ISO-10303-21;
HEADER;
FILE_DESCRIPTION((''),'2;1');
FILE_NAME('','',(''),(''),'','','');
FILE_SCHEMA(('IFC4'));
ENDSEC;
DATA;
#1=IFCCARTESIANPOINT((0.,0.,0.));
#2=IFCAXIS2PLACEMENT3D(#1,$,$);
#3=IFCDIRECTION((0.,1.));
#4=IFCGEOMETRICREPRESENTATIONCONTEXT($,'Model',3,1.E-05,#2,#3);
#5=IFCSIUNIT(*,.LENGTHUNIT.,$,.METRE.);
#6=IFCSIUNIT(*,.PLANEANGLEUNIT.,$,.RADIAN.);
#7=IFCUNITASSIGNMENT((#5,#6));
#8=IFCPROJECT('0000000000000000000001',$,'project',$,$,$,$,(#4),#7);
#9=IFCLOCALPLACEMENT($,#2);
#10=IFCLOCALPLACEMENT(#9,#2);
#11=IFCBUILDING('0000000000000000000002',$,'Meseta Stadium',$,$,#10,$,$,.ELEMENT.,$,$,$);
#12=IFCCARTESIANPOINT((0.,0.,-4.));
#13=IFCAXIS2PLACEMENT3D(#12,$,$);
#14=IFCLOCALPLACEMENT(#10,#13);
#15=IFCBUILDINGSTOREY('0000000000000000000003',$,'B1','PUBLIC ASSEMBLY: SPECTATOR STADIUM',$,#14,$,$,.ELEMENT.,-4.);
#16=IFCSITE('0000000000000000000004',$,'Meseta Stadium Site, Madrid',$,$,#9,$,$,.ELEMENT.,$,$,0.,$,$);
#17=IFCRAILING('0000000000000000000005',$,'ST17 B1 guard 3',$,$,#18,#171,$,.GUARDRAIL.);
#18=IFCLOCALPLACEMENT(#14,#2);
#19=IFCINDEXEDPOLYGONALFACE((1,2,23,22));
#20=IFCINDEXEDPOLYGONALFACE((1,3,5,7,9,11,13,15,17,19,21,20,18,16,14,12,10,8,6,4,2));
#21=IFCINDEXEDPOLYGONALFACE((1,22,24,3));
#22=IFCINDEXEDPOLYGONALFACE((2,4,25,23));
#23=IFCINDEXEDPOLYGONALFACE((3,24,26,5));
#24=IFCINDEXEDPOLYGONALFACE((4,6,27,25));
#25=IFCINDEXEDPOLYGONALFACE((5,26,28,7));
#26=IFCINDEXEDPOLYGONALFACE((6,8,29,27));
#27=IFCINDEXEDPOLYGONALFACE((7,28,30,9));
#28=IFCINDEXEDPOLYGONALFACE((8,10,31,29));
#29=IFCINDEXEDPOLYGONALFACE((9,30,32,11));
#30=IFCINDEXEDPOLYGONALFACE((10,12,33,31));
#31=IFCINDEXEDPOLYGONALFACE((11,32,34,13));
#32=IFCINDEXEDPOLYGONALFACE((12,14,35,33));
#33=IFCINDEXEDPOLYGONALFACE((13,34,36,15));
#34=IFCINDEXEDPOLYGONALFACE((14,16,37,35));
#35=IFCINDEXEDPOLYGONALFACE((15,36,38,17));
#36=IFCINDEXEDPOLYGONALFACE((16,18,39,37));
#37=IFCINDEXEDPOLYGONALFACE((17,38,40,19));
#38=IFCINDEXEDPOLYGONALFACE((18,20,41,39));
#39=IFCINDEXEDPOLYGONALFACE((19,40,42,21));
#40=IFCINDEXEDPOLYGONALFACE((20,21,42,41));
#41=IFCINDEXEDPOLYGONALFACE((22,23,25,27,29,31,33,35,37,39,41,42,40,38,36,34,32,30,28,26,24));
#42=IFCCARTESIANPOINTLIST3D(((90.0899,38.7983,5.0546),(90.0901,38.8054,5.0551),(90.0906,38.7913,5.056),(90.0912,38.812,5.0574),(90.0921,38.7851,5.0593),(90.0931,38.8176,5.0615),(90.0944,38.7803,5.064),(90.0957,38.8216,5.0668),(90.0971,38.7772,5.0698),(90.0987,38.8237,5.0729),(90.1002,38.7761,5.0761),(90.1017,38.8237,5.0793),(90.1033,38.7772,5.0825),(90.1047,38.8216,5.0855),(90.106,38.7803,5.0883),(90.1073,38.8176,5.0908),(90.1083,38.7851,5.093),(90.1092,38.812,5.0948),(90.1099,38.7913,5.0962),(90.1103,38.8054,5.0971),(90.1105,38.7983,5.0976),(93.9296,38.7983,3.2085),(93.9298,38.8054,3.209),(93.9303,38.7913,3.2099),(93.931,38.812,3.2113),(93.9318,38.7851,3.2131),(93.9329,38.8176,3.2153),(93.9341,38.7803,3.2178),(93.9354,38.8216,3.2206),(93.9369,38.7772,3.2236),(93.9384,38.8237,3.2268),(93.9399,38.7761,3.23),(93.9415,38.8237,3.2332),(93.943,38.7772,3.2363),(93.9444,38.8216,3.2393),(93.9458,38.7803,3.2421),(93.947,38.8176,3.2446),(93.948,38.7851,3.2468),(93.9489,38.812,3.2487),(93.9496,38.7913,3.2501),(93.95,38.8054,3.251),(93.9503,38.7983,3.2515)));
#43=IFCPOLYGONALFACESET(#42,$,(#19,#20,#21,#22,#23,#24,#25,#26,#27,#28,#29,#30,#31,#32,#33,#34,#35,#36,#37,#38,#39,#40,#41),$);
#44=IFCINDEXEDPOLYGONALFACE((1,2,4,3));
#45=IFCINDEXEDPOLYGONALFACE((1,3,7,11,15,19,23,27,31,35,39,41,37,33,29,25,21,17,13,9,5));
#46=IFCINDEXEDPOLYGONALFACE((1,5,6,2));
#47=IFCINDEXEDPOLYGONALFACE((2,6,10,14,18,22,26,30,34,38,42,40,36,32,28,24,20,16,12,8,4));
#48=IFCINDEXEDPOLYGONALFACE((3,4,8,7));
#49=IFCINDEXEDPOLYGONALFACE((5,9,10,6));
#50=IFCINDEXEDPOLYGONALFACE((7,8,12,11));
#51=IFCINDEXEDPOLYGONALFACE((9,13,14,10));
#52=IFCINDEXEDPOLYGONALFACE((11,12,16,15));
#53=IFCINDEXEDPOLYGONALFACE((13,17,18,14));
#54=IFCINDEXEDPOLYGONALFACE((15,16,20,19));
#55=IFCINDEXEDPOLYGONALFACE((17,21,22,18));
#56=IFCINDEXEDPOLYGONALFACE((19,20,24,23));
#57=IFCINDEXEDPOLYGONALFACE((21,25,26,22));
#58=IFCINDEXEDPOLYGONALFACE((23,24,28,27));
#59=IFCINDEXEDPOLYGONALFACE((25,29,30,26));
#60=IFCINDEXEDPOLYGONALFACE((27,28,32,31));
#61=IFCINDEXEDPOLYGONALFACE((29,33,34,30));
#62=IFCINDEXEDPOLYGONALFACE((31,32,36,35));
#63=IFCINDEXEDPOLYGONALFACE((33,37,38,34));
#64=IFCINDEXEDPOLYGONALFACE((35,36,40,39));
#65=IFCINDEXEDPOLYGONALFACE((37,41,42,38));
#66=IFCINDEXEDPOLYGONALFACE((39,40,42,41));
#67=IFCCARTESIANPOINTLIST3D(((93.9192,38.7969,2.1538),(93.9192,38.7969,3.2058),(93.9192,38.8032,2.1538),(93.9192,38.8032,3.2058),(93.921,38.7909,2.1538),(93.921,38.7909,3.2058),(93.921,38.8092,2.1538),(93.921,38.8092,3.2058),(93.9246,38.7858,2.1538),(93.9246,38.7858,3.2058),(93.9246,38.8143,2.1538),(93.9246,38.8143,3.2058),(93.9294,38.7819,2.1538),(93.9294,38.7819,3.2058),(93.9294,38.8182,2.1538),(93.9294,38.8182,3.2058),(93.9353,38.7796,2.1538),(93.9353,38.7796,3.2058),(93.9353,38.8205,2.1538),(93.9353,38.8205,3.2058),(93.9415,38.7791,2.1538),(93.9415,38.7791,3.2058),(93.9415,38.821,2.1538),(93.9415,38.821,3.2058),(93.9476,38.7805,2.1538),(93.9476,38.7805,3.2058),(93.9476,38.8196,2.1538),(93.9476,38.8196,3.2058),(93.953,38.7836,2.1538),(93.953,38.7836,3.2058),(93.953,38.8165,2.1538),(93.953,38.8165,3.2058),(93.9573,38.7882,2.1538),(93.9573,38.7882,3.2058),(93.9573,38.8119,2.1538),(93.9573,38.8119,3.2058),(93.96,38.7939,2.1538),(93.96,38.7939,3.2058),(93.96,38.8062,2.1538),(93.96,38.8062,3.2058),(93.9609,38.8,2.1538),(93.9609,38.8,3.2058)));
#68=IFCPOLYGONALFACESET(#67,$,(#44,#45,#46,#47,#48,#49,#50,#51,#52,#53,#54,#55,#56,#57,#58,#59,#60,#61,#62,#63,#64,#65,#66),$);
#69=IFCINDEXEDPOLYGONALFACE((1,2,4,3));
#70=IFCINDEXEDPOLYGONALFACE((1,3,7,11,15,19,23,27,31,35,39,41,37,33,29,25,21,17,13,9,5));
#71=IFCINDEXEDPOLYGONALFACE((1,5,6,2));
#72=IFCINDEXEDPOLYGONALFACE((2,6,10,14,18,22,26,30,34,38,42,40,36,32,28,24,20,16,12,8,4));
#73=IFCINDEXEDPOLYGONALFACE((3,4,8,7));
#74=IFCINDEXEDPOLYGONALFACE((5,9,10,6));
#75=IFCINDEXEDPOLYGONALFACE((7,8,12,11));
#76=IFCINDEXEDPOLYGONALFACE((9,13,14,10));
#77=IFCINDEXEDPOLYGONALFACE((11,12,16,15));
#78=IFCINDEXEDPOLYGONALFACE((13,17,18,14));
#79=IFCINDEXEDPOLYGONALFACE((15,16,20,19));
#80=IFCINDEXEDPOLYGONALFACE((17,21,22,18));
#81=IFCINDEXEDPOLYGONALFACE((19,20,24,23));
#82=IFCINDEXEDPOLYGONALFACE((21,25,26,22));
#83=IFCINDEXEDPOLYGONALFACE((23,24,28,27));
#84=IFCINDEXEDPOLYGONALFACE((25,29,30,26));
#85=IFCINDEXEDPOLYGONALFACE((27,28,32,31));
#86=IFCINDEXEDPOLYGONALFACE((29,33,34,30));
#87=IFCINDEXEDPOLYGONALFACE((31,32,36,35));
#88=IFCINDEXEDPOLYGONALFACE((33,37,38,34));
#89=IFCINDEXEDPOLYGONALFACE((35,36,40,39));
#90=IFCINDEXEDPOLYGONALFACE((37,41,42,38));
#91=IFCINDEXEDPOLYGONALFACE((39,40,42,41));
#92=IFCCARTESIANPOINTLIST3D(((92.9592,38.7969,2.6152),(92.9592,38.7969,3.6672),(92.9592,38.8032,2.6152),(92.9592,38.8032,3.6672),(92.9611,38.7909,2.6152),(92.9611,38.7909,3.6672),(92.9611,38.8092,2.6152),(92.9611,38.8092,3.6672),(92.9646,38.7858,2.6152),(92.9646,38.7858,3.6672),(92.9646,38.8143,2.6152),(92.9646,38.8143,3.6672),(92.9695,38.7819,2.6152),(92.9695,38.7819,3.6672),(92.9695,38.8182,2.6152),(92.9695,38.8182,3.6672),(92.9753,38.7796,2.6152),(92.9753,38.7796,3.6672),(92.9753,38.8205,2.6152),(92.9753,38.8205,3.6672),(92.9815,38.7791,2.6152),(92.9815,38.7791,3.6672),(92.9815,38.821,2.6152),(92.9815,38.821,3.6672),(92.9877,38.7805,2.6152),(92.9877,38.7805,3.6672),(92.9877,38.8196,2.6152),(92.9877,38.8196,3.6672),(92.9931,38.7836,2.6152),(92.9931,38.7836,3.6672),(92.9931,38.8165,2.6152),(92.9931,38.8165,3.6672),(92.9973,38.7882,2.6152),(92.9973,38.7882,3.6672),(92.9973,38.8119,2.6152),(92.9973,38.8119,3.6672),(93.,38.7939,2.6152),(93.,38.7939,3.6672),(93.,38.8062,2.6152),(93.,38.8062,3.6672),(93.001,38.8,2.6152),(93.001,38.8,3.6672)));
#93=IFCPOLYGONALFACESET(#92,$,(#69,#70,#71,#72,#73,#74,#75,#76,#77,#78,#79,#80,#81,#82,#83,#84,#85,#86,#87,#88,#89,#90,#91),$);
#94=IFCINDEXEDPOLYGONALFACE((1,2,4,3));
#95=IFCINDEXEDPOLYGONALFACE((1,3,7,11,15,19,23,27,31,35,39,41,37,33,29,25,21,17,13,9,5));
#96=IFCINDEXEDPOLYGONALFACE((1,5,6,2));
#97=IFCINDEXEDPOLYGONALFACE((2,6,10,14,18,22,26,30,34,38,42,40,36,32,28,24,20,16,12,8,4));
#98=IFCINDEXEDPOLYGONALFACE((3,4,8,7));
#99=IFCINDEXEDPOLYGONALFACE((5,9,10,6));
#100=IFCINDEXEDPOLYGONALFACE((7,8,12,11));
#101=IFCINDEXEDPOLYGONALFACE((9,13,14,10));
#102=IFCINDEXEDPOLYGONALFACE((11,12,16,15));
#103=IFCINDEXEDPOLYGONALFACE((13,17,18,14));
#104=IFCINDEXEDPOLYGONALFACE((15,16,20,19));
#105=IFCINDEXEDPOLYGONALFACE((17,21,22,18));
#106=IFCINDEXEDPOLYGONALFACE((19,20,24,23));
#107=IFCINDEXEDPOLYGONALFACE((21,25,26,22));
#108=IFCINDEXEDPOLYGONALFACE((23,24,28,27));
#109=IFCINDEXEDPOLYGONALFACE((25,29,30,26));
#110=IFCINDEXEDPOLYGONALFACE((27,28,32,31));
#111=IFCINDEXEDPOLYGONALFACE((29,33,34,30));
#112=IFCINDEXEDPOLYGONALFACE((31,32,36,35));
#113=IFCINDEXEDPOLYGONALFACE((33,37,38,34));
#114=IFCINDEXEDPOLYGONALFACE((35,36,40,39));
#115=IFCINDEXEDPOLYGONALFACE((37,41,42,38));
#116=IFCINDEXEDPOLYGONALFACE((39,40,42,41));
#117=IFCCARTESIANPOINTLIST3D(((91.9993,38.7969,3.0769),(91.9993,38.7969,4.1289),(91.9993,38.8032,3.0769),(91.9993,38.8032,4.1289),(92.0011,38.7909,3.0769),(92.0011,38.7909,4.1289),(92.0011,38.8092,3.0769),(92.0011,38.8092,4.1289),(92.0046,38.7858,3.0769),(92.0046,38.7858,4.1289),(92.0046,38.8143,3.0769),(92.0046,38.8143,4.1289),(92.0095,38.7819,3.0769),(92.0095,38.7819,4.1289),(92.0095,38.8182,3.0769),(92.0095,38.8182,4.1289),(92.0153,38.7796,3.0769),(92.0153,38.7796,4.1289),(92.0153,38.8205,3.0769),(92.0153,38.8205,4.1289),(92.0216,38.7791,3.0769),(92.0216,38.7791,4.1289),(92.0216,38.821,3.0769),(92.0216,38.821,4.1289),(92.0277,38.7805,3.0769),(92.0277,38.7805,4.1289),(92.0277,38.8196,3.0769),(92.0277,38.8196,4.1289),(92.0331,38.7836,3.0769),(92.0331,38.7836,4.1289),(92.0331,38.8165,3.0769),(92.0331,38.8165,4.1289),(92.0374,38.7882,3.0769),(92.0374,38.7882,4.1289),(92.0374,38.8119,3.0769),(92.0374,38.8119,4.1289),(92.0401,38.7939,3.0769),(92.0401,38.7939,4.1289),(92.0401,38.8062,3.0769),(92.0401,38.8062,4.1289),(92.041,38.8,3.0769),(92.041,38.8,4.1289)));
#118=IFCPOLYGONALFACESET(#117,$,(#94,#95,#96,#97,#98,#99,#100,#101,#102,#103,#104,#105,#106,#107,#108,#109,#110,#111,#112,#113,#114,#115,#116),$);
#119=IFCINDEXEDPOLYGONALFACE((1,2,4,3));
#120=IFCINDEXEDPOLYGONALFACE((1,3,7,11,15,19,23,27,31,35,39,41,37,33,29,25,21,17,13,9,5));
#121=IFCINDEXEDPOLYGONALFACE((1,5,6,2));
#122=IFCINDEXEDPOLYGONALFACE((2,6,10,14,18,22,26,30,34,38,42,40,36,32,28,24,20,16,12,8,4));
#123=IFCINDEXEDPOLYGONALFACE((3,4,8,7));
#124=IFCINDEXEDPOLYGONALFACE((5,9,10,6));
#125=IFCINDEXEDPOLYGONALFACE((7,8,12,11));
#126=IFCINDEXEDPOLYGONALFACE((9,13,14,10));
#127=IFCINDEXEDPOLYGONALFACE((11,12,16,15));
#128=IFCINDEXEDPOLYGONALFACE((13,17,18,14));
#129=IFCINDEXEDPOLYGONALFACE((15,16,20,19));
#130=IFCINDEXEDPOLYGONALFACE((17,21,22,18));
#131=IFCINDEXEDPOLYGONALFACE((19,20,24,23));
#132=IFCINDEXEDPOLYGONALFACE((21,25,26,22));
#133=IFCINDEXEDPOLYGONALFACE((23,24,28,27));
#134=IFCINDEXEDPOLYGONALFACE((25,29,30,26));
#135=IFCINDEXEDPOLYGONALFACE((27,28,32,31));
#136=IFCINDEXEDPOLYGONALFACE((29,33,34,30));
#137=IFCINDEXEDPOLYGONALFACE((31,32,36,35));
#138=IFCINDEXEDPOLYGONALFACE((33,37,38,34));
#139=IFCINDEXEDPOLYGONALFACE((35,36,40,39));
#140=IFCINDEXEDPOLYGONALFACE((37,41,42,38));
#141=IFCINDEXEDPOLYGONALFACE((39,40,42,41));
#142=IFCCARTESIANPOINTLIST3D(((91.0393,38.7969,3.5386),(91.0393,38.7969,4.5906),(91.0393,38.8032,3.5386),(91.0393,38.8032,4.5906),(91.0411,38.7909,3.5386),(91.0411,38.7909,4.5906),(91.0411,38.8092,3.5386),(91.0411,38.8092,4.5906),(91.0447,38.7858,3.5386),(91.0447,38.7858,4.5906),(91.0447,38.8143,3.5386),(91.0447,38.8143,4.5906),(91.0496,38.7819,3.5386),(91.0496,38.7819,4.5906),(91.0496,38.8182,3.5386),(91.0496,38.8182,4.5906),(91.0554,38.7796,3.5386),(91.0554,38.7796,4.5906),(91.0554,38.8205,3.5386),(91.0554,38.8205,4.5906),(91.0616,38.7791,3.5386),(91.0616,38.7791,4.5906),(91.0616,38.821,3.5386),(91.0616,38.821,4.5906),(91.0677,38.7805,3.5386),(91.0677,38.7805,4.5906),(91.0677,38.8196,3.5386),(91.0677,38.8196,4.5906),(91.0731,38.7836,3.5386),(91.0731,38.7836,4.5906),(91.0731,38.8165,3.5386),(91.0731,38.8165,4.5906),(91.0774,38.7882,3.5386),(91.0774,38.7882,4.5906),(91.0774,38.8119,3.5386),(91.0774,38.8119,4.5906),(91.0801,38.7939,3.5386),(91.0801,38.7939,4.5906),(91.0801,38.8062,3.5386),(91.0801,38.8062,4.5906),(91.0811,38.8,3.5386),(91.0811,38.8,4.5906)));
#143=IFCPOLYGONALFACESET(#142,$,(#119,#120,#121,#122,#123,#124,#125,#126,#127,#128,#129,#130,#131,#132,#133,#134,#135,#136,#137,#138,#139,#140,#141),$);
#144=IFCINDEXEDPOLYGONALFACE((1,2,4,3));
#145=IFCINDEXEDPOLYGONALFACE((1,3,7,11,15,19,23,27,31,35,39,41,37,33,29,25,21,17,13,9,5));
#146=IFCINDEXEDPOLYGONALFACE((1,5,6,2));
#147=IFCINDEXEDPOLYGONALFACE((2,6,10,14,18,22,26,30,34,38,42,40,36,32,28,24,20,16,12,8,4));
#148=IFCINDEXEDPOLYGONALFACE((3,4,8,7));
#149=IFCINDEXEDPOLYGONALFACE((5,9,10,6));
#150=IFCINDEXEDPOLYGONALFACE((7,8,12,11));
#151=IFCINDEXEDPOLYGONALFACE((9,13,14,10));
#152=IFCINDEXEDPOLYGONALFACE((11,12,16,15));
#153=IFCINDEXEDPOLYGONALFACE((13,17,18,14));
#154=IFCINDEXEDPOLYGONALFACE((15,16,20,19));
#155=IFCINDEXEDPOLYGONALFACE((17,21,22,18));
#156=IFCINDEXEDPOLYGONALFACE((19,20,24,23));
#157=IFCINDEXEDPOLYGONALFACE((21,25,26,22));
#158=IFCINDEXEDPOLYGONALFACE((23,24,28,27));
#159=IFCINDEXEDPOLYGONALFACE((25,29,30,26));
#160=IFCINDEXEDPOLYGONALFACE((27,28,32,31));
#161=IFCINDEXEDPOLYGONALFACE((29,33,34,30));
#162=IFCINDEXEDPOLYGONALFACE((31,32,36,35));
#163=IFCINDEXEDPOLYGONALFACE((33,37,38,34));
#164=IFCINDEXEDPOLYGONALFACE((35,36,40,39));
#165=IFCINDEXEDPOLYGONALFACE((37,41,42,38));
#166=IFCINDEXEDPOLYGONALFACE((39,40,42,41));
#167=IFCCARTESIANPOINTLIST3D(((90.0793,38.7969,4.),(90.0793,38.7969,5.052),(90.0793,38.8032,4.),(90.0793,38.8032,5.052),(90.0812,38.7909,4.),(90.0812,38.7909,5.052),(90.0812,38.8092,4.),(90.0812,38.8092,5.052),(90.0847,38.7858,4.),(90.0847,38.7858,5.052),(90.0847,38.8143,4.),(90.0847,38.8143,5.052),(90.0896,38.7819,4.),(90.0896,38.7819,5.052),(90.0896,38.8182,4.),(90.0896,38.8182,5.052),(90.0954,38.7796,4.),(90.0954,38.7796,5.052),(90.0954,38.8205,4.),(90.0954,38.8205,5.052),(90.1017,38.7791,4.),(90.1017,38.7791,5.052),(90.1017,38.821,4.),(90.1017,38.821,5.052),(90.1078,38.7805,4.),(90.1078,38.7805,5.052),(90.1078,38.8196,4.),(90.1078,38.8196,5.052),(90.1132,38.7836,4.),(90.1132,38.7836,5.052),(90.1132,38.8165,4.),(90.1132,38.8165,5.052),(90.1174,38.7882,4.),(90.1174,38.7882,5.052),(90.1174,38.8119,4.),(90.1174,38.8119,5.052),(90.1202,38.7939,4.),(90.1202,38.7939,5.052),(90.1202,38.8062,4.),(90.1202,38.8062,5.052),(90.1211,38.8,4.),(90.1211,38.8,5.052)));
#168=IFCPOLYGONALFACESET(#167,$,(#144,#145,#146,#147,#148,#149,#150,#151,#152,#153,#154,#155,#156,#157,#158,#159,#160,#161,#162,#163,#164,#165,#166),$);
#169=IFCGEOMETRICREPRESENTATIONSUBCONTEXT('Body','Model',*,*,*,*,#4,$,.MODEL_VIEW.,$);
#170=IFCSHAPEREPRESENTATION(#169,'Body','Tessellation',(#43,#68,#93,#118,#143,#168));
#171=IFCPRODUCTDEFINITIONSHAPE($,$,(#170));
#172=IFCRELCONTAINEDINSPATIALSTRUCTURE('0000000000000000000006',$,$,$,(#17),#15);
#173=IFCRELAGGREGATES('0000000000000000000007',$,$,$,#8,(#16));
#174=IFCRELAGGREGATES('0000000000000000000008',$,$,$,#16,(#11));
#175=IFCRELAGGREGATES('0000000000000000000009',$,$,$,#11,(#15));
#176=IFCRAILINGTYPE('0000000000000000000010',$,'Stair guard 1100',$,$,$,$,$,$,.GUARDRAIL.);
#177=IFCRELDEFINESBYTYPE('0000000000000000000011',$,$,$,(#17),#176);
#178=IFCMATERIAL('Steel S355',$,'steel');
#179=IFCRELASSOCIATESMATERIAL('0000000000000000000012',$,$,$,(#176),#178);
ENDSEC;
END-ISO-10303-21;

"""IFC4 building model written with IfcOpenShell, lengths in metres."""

from ifc_helpers import new_model, si_unit, direction, frame, origin, origin_2d, place, context, subcontext, project, spatial, circle, extrude, material, type_object, element, save


model = new_model("IFC4")

# Units and contexts
model_context = context("Model", 3, precision=1e-05, world=origin(), true_north=direction((0.0, 1.0)))
body_context = subcontext(model_context, "Body", "Model", "MODEL_VIEW")
ifc_project = project(units=[si_unit("LENGTHUNIT", "METRE"), si_unit("PLANEANGLEUNIT", "RADIAN")], contexts=[model_context])

# Site, building, storey
site_placement = place(None, origin())
site = spatial("IfcSite", under=ifc_project, at=site_placement, Name="Meseta Stadium Site, Madrid", CompositionType="ELEMENT", RefElevation=0.0)
building_placement = place(site_placement, origin())
building = spatial("IfcBuilding", under=site, at=building_placement, Name="Meseta Stadium", CompositionType="ELEMENT")
storey_placement = place(building_placement, frame((0.0, 0.0, -4.0)))
storey = spatial("IfcBuildingStorey", under=building, at=storey_placement, Name="B1", Description="PUBLIC ASSEMBLY: SPECTATOR STADIUM", CompositionType="ELEMENT", Elevation=-4.0)

# Railing
ifc_material_1 = material(Name="Steel S355", Category="steel")
railing_type_1 = type_object("IfcRailingType", Name="Stair guard 1100", PredefinedType="GUARDRAIL", material=ifc_material_1)
railing_1_placement = place(storey_placement, frame((93.9399, 38.8, 2.1538)))
element("IfcRailing", 1, at=railing_1_placement, inside=storey, type_object=railing_type_1, Name="ST17 B1 guard 3", PredefinedType="GUARDRAIL", context=body_context, shape_type="SweptSolid", body=[
    extrude(circle(Radius=0.0239, at=origin_2d()), frame((0.0, 0.0, 1.0762), z_axis=(-0.901242, 0.0, 0.433316), x_axis=(0.0, -1.0, 0.0)), (0.0, 0.0, 1.0), 4.2605),
    extrude(circle(Radius=0.021, at=origin_2d()), origin(), (0.0, 0.0, 1.0), 1.052),
    extrude(circle(Radius=0.021, at=origin_2d()), frame((-0.96, 0.0, 0.4614)), (0.0, 0.0, 1.0), 1.052),
    extrude(circle(Radius=0.021, at=origin_2d()), frame((-1.9199, 0.0, 0.9231)), (0.0, 0.0, 1.0), 1.052),
    extrude(circle(Radius=0.021, at=origin_2d()), frame((-2.8799, 0.0, 1.3848)), (0.0, 0.0, 1.0), 1.052),
    extrude(circle(Radius=0.021, at=origin_2d()), frame((-3.8398, 0.0, 1.8462)), (0.0, 0.0, 1.0), 1.052),
])

save(model, "model.ifc")
